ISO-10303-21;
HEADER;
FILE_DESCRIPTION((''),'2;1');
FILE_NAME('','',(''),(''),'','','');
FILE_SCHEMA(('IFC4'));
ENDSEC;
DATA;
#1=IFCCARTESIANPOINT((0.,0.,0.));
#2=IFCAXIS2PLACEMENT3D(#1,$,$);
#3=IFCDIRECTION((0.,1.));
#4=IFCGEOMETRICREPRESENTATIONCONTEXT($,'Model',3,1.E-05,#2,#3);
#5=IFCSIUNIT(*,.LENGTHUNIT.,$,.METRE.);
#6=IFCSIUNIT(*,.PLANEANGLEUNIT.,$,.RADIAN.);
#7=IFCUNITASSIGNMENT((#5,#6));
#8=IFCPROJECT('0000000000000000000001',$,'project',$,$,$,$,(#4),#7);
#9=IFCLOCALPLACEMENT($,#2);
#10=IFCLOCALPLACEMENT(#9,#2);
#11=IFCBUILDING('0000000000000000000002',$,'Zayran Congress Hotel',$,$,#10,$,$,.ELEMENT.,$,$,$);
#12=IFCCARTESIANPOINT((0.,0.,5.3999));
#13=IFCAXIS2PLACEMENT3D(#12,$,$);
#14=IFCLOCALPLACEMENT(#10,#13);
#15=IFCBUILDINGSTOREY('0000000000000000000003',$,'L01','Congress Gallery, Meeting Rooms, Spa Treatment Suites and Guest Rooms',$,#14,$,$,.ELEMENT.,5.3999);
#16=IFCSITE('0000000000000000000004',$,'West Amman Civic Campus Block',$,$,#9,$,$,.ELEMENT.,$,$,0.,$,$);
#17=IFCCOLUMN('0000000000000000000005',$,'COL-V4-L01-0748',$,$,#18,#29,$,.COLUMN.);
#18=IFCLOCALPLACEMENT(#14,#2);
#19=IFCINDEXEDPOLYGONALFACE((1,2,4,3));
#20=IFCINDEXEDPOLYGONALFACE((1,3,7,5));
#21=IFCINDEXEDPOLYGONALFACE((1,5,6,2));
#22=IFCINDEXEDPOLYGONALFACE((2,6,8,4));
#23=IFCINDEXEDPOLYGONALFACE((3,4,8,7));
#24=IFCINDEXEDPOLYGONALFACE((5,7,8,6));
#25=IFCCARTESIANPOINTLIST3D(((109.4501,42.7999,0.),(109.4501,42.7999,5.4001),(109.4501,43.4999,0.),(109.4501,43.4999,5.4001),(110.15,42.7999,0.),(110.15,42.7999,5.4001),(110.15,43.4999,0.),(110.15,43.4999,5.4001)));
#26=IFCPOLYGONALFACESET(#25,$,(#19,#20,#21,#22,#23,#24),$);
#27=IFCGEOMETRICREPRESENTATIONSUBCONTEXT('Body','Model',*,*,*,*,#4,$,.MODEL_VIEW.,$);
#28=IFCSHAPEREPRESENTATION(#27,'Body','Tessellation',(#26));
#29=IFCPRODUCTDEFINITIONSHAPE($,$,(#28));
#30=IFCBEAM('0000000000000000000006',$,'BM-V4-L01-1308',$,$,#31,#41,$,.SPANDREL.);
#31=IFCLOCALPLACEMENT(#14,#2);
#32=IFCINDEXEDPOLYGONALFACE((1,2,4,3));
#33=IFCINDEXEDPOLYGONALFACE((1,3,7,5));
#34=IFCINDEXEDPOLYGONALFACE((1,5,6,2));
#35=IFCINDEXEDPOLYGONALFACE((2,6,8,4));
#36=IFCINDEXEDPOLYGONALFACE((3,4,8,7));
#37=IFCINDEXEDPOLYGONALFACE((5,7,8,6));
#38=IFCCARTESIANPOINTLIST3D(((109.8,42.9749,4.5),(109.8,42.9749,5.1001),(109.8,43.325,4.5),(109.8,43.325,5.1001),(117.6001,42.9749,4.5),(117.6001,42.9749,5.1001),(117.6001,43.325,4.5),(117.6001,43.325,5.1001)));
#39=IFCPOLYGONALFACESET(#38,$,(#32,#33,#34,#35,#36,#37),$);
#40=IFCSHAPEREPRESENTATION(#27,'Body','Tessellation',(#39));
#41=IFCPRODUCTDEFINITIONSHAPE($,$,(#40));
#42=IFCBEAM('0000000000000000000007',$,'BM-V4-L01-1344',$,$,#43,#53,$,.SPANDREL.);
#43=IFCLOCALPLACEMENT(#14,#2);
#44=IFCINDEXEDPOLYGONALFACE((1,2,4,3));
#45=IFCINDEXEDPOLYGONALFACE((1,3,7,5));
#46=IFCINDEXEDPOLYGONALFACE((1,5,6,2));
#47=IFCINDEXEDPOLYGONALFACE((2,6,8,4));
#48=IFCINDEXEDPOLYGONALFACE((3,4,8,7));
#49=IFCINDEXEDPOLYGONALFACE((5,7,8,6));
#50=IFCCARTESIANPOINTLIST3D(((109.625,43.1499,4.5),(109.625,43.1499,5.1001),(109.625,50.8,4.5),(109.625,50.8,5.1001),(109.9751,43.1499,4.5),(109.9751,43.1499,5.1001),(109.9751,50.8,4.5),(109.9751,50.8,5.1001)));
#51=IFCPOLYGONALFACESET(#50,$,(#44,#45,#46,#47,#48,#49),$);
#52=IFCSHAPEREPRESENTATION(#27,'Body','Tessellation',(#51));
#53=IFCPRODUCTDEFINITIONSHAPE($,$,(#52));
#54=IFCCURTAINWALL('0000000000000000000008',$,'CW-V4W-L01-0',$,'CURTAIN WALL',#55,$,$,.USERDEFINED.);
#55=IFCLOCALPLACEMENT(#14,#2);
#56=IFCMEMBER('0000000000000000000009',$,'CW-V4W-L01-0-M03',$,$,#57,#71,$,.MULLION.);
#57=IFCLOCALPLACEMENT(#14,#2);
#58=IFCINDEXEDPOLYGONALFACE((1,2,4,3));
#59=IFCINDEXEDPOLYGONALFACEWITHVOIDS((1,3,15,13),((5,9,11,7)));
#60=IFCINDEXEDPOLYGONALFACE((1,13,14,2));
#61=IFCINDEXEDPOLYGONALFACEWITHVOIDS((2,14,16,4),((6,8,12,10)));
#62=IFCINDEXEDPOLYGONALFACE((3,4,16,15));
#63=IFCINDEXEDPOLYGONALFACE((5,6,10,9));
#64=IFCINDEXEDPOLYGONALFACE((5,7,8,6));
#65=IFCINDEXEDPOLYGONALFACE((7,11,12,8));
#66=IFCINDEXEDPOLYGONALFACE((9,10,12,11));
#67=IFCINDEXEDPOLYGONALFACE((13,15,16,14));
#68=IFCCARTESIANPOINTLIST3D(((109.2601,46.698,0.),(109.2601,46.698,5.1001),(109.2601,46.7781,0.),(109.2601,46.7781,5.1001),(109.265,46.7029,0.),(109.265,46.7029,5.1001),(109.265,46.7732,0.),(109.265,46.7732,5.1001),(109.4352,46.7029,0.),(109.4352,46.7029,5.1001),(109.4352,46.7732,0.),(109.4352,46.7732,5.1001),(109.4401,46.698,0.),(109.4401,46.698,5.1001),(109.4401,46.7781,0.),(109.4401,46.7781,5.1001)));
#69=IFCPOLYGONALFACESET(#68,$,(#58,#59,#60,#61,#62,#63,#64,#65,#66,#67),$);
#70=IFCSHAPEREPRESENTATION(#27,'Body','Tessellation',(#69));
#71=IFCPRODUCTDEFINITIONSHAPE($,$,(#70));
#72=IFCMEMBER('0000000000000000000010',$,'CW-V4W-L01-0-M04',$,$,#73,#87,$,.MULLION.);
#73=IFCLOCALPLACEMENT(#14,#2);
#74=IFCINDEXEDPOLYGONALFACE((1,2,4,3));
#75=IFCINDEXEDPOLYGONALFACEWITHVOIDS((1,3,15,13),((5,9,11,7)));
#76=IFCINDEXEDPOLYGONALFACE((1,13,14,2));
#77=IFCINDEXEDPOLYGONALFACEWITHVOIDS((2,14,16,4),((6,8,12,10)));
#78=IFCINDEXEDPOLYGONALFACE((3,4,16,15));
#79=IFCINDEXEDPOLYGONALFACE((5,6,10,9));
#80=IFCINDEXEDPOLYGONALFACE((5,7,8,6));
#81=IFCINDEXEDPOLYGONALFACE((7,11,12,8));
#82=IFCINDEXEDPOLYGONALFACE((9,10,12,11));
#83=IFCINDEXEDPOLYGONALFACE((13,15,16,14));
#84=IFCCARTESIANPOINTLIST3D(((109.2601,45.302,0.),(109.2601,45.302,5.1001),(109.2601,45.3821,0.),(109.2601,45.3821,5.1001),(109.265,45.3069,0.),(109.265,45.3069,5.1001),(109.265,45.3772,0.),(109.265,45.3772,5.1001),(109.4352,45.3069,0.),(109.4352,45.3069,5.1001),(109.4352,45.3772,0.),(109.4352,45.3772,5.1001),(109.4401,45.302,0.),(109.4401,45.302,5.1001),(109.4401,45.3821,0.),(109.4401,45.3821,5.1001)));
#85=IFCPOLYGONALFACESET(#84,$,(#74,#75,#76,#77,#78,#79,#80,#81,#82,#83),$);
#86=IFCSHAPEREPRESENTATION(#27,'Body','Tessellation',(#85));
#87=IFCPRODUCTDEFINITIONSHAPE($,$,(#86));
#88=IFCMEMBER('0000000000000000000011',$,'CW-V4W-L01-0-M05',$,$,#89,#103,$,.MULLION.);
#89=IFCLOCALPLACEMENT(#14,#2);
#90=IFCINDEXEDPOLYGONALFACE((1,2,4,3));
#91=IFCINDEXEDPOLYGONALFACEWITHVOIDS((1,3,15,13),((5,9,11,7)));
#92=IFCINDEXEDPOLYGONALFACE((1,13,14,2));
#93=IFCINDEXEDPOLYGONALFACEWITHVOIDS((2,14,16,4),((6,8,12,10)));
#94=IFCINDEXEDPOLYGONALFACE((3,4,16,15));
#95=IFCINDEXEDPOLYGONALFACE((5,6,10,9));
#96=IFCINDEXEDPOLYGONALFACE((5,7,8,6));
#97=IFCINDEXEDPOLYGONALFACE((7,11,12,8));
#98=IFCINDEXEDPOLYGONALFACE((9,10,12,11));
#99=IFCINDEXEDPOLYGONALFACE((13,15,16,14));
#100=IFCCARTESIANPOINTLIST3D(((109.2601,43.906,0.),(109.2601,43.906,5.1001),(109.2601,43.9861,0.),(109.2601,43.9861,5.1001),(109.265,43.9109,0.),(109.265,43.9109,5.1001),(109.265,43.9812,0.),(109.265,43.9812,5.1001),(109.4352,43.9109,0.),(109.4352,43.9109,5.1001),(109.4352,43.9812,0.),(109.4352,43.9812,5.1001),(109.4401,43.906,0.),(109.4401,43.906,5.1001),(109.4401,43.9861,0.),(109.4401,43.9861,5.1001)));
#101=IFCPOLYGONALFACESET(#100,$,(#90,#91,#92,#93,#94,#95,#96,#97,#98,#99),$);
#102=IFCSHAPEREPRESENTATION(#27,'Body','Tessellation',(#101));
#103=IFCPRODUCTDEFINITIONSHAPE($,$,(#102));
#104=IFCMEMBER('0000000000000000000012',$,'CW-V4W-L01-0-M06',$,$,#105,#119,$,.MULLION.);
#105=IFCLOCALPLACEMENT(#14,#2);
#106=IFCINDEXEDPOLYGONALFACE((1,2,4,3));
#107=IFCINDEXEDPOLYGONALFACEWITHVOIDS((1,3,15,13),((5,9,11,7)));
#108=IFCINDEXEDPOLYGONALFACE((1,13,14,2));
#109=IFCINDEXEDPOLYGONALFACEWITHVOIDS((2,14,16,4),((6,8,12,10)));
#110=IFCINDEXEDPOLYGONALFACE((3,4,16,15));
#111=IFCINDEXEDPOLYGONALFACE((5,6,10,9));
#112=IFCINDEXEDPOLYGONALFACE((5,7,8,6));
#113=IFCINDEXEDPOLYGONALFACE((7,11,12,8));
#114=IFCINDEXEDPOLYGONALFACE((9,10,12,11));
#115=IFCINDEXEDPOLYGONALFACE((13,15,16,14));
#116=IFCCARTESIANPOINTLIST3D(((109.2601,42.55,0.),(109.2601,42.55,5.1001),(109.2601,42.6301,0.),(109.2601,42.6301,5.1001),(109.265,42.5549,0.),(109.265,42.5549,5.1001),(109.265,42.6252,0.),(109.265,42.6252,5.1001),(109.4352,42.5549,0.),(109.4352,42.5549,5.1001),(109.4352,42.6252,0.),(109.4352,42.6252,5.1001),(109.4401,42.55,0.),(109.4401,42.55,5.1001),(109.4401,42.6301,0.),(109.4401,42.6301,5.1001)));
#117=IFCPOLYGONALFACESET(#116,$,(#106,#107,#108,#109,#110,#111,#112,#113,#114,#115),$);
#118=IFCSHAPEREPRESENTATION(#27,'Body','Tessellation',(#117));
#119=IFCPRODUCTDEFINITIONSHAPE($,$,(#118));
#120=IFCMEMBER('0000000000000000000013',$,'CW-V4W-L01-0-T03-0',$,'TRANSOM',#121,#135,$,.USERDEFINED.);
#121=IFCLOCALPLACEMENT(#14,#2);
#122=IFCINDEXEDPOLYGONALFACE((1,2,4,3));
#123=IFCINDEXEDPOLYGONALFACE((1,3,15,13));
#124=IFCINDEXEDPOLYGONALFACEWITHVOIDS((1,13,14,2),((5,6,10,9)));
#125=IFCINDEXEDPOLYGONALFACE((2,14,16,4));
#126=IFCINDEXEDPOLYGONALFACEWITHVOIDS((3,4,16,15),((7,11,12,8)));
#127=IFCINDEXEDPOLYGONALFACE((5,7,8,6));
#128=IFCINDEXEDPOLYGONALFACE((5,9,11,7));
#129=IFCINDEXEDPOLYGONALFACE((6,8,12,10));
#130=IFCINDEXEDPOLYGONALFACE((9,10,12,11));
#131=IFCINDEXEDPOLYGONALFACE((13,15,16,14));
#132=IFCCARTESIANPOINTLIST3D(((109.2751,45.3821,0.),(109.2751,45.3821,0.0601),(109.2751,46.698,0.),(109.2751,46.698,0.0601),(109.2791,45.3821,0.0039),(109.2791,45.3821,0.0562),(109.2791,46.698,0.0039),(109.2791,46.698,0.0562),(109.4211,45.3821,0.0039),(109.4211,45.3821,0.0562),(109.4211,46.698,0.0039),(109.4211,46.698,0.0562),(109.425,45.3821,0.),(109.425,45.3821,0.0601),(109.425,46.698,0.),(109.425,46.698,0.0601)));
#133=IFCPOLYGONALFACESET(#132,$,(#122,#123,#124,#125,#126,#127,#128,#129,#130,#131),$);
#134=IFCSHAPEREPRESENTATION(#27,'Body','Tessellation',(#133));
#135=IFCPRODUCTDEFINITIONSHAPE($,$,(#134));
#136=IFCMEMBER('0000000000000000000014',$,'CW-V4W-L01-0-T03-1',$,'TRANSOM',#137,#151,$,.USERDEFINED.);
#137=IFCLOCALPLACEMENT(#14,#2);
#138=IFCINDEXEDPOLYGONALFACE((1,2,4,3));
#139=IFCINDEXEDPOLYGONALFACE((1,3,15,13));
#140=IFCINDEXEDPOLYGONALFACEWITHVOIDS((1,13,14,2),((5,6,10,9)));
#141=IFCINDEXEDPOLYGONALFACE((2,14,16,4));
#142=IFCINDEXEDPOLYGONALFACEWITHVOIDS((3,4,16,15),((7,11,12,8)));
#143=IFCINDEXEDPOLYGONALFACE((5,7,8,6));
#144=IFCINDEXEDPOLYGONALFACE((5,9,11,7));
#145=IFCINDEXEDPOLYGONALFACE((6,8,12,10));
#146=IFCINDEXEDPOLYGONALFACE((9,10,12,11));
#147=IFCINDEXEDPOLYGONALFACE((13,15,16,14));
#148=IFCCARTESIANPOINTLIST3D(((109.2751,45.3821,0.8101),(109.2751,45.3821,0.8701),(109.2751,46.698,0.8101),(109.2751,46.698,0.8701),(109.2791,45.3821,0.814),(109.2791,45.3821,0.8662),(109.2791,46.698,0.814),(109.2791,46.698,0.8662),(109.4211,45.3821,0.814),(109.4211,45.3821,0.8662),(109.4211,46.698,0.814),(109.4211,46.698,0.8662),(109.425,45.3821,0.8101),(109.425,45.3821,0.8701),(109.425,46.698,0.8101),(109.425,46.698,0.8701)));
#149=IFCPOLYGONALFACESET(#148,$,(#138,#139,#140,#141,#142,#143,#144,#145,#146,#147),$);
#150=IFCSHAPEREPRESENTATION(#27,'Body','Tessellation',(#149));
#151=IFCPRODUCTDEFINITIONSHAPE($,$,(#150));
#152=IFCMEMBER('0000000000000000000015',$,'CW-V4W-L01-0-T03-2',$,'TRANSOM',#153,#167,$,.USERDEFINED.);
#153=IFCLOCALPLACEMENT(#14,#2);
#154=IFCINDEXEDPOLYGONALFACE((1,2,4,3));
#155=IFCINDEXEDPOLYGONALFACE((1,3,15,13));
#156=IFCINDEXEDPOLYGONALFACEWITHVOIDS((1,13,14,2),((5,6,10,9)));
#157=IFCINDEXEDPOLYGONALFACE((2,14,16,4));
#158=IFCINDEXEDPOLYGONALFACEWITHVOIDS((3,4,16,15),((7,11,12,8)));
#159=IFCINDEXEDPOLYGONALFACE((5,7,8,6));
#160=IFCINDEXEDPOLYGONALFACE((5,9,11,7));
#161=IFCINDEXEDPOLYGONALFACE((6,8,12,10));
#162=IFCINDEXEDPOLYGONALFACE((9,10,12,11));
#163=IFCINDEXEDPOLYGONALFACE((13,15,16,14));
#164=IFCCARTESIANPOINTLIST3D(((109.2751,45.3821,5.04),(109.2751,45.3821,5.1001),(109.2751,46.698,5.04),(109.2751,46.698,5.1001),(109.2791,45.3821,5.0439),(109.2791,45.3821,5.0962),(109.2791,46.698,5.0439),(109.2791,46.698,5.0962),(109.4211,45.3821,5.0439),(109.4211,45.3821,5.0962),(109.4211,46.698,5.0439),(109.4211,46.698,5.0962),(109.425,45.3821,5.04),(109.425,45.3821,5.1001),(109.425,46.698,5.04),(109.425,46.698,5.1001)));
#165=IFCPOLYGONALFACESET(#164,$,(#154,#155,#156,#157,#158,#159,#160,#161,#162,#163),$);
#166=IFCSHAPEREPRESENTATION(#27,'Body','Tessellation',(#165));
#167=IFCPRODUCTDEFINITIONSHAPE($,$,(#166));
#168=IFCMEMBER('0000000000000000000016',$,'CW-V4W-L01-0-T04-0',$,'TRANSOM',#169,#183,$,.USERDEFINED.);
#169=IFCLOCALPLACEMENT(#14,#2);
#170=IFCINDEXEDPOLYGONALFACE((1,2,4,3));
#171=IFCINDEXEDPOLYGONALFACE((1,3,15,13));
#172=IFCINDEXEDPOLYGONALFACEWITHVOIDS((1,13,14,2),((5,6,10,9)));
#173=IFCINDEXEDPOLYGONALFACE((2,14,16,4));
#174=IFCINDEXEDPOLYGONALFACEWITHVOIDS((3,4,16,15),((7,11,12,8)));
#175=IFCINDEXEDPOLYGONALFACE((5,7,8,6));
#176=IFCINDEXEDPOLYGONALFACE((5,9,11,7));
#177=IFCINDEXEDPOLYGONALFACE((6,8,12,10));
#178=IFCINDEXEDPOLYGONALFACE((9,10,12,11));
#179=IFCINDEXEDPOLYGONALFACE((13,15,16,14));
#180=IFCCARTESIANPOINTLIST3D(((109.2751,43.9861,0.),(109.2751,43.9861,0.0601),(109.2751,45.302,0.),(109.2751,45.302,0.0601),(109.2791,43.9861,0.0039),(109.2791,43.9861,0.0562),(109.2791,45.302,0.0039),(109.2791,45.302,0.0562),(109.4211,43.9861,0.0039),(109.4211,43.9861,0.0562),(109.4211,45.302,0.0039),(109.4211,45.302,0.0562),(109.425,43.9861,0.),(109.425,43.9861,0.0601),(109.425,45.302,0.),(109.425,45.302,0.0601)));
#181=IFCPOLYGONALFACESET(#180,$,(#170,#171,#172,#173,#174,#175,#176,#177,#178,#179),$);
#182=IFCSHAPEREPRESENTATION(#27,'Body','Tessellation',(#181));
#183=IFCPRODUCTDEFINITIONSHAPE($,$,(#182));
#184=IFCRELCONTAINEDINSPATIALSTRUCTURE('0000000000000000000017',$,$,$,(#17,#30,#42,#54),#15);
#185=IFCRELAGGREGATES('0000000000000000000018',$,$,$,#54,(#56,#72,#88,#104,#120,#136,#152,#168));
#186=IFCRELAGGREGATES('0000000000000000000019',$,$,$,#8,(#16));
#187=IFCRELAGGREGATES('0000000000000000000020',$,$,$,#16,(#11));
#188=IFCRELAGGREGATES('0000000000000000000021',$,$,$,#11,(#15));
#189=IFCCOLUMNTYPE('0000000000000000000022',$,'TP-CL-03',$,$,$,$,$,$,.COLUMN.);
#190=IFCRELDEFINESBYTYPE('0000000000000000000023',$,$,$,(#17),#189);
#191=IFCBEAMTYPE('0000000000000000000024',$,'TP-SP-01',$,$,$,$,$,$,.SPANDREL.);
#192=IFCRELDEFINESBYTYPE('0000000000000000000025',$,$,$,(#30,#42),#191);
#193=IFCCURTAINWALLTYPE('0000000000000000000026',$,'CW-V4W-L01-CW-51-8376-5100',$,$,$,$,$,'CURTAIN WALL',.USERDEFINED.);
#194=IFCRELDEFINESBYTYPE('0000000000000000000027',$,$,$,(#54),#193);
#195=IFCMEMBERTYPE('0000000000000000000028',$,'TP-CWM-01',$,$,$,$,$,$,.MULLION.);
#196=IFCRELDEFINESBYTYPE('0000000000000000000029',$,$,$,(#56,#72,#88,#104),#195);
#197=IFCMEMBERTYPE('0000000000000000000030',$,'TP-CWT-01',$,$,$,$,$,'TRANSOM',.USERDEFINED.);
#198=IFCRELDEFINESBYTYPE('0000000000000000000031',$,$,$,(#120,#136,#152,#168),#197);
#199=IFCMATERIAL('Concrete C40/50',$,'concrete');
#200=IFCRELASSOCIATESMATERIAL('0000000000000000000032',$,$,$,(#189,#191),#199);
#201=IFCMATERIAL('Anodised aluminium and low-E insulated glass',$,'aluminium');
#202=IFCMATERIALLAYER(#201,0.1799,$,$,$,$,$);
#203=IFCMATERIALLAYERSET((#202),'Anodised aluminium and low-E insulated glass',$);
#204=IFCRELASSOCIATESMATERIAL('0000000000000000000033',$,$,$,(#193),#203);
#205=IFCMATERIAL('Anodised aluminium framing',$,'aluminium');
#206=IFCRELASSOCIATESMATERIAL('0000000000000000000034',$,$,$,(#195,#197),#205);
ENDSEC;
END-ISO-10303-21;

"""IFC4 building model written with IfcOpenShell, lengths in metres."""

from ifc_helpers import new_model, si_unit, direction, frame, origin, origin_2d, place, context, subcontext, project, spatial, rectangle, hollow_rectangle, extrude, material, layer, layer_set, material_profile, profile_set, type_object, element, aggregate, save


model = new_model("IFC4")

# Units and contexts
model_context = context("Model", 3, precision=1e-05, world=origin(), true_north=direction((0.0, 1.0)))
body_context = subcontext(model_context, "Body", "Model", "MODEL_VIEW")
ifc_project = project(units=[si_unit("LENGTHUNIT", "METRE"), si_unit("PLANEANGLEUNIT", "RADIAN")], contexts=[model_context])

# Site, building, storey
site_placement = place(None, origin())
site = spatial("IfcSite", under=ifc_project, at=site_placement, Name="West Amman Civic Campus Block", CompositionType="ELEMENT", RefElevation=0.0)
building_placement = place(site_placement, origin())
building = spatial("IfcBuilding", under=site, at=building_placement, Name="Zayran Congress Hotel", CompositionType="ELEMENT")
storey_placement = place(building_placement, frame((0.0, 0.0, 5.3999)))
storey = spatial("IfcBuildingStorey", under=building, at=storey_placement, Name="L01", Description="Congress Gallery, Meeting Rooms, Spa Treatment Suites and Guest Rooms", CompositionType="ELEMENT", Elevation=5.3999)

# Column
ifc_material_1 = material(Name="Concrete C40/50", Category="concrete")
ifc_material_profile_1 = material_profile(ifc_material_1, rectangle(XDim=0.7, YDim=0.7, at=origin_2d()), Name="RC 700x700")
ifc_profile_set_1 = profile_set([ifc_material_profile_1], Name="Concrete C40/50")
column_type = type_object("IfcColumnType", Name="TP-CL-03", PredefinedType="COLUMN", material=ifc_profile_set_1)
column_placement = place(storey_placement, frame((109.8, 43.1499, 0.0), z_axis=(0.0, 0.0, 1.0), x_axis=(1.0, 0.0, 0.0)))
element("IfcColumn", 1, at=column_placement, inside=storey, type_object=column_type, Name="COL-V4-L01-0748", PredefinedType="COLUMN", context=body_context, shape_type="SweptSolid", body=[
    extrude(rectangle(XDim=0.7, YDim=0.7, at=origin_2d()), origin(), (0.0, 0.0, 1.0), 5.4001),
])

# Beams
ifc_material_profile_2 = material_profile(ifc_material_1, rectangle(XDim=0.3501, YDim=0.6001, at=origin_2d()), Name="RC 350x600")
ifc_profile_set_2 = profile_set([ifc_material_profile_2], Name="Concrete C40/50")
beam_type = type_object("IfcBeamType", Name="TP-SP-01", PredefinedType="SPANDREL", material=ifc_profile_set_2)
beam_1_placement = place(storey_placement, frame((109.8, 43.1499, 4.8), z_axis=(1.0, 0.0, 0.0), x_axis=(0.0, 1.0, 0.0)))
element("IfcBeam", 2, at=beam_1_placement, inside=storey, type_object=beam_type, Name="BM-V4-L01-1308", PredefinedType="SPANDREL", context=body_context, shape_type="SweptSolid", body=[
    extrude(rectangle(XDim=0.3501, YDim=0.6001, at=origin_2d()), origin(), (0.0, 0.0, 1.0), 7.8),
])
beam_2_placement = place(storey_placement, frame((109.8, 43.1499, 4.8), z_axis=(0.0, 1.0, 0.0), x_axis=(-1.0, 0.0, 0.0)))
element("IfcBeam", 3, at=beam_2_placement, inside=storey, type_object=beam_type, Name="BM-V4-L01-1344", PredefinedType="SPANDREL", context=body_context, shape_type="SweptSolid", body=[
    extrude(rectangle(XDim=0.3501, YDim=0.6001, at=origin_2d()), origin(), (0.0, 0.0, 1.0), 7.6501),
])

# Curtain wall, members
ifc_material_2 = material(Name="Anodised aluminium and low-E insulated glass", Category="aluminium")
ifc_layer_1 = layer(ifc_material_2, 0.1799)
ifc_layer_set_1 = layer_set([ifc_layer_1], Name="Anodised aluminium and low-E insulated glass")
curtain_wall_type = type_object("IfcCurtainWallType", Name="CW-V4W-L01-CW-51-8376-5100", ElementType="CURTAIN WALL", PredefinedType="USERDEFINED", material=ifc_layer_set_1)
curtain_wall_placement = place(storey_placement, origin())
curtain_wall = element("IfcCurtainWall", 4, at=curtain_wall_placement, inside=storey, type_object=curtain_wall_type, Name="CW-V4W-L01-0", ObjectType="CURTAIN WALL", PredefinedType="USERDEFINED")
ifc_material_3 = material(Name="Anodised aluminium framing", Category="aluminium")
ifc_material_profile_3 = material_profile(ifc_material_3, hollow_rectangle(XDim=0.0801, YDim=0.1799, WallThickness=0.0049, at=origin_2d()), Name="RHS 180x80x5")
ifc_profile_set_3 = profile_set([ifc_material_profile_3], Name="Anodised aluminium framing")
member_type_1 = type_object("IfcMemberType", Name="TP-CWM-01", PredefinedType="MULLION", material=ifc_profile_set_3)
member_1_placement = place(storey_placement, frame((109.3501, 46.738, 0.0), z_axis=(0.0, 0.0, 1.0), x_axis=(0.0, 1.0, 0.0)))
member_1 = element("IfcMember", 5, at=member_1_placement, type_object=member_type_1, Name="CW-V4W-L01-0-M03", PredefinedType="MULLION", context=body_context, shape_type="SweptSolid", body=[
    extrude(hollow_rectangle(XDim=0.0801, YDim=0.1799, WallThickness=0.0049, at=origin_2d()), origin(), (0.0, 0.0, 1.0), 5.1001),
])
member_2_placement = place(storey_placement, frame((109.3501, 45.342, 0.0), z_axis=(0.0, 0.0, 1.0), x_axis=(0.0, 1.0, 0.0)))
member_2 = element("IfcMember", 6, at=member_2_placement, type_object=member_type_1, Name="CW-V4W-L01-0-M04", PredefinedType="MULLION", context=body_context, shape_type="SweptSolid", body=[
    extrude(hollow_rectangle(XDim=0.0801, YDim=0.1799, WallThickness=0.0049, at=origin_2d()), origin(), (0.0, 0.0, 1.0), 5.1001),
])
member_3_placement = place(storey_placement, frame((109.3501, 43.946, 0.0), z_axis=(0.0, 0.0, 1.0), x_axis=(0.0, 1.0, 0.0)))
member_3 = element("IfcMember", 7, at=member_3_placement, type_object=member_type_1, Name="CW-V4W-L01-0-M05", PredefinedType="MULLION", context=body_context, shape_type="SweptSolid", body=[
    extrude(hollow_rectangle(XDim=0.0801, YDim=0.1799, WallThickness=0.0049, at=origin_2d()), origin(), (0.0, 0.0, 1.0), 5.1001),
])
member_4_placement = place(storey_placement, frame((109.3501, 42.5901, 0.0), z_axis=(0.0, 0.0, 1.0), x_axis=(0.0, 1.0, 0.0)))
member_4 = element("IfcMember", 8, at=member_4_placement, type_object=member_type_1, Name="CW-V4W-L01-0-M06", PredefinedType="MULLION", context=body_context, shape_type="SweptSolid", body=[
    extrude(hollow_rectangle(XDim=0.0801, YDim=0.1799, WallThickness=0.0049, at=origin_2d()), origin(), (0.0, 0.0, 1.0), 5.1001),
])
ifc_material_profile_4 = material_profile(ifc_material_3, hollow_rectangle(XDim=0.0601, YDim=0.1499, WallThickness=0.0039, at=origin_2d()), Name="RHS 150x60x4")
ifc_profile_set_4 = profile_set([ifc_material_profile_4], Name="Anodised aluminium framing")
member_type_2 = type_object("IfcMemberType", Name="TP-CWT-01", ElementType="TRANSOM", PredefinedType="USERDEFINED", material=ifc_profile_set_4)
member_5_placement = place(storey_placement, frame((109.3501, 46.698, 0.03), z_axis=(0.0, -1.0, 0.0), x_axis=(0.0, 0.0, 1.0)))
member_5 = element("IfcMember", 9, at=member_5_placement, type_object=member_type_2, Name="CW-V4W-L01-0-T03-0", ObjectType="TRANSOM", PredefinedType="USERDEFINED", context=body_context, shape_type="SweptSolid", body=[
    extrude(hollow_rectangle(XDim=0.0601, YDim=0.1499, WallThickness=0.0039, at=origin_2d()), origin(), (0.0, 0.0, 1.0), 1.3159),
])
member_6_placement = place(storey_placement, frame((109.3501, 46.698, 0.8401), z_axis=(0.0, -1.0, 0.0), x_axis=(0.0, 0.0, 1.0)))
member_6 = element("IfcMember", 10, at=member_6_placement, type_object=member_type_2, Name="CW-V4W-L01-0-T03-1", ObjectType="TRANSOM", PredefinedType="USERDEFINED", context=body_context, shape_type="SweptSolid", body=[
    extrude(hollow_rectangle(XDim=0.0601, YDim=0.1499, WallThickness=0.0039, at=origin_2d()), origin(), (0.0, 0.0, 1.0), 1.3159),
])
member_7_placement = place(storey_placement, frame((109.3501, 46.698, 5.0701), z_axis=(0.0, -1.0, 0.0), x_axis=(0.0, 0.0, 1.0)))
member_7 = element("IfcMember", 11, at=member_7_placement, type_object=member_type_2, Name="CW-V4W-L01-0-T03-2", ObjectType="TRANSOM", PredefinedType="USERDEFINED", context=body_context, shape_type="SweptSolid", body=[
    extrude(hollow_rectangle(XDim=0.0601, YDim=0.1499, WallThickness=0.0039, at=origin_2d()), origin(), (0.0, 0.0, 1.0), 1.3159),
])
member_8_placement = place(storey_placement, frame((109.3501, 45.302, 0.03), z_axis=(0.0, -1.0, 0.0), x_axis=(0.0, 0.0, 1.0)))
member_8 = element("IfcMember", 12, at=member_8_placement, type_object=member_type_2, Name="CW-V4W-L01-0-T04-0", ObjectType="TRANSOM", PredefinedType="USERDEFINED", context=body_context, shape_type="SweptSolid", body=[
    extrude(hollow_rectangle(XDim=0.0601, YDim=0.1499, WallThickness=0.0039, at=origin_2d()), origin(), (0.0, 0.0, 1.0), 1.3159),
])

aggregate(curtain_wall, [member_1, member_2, member_3, member_4, member_5, member_6, member_7, member_8])

save(model, "model.ifc")
